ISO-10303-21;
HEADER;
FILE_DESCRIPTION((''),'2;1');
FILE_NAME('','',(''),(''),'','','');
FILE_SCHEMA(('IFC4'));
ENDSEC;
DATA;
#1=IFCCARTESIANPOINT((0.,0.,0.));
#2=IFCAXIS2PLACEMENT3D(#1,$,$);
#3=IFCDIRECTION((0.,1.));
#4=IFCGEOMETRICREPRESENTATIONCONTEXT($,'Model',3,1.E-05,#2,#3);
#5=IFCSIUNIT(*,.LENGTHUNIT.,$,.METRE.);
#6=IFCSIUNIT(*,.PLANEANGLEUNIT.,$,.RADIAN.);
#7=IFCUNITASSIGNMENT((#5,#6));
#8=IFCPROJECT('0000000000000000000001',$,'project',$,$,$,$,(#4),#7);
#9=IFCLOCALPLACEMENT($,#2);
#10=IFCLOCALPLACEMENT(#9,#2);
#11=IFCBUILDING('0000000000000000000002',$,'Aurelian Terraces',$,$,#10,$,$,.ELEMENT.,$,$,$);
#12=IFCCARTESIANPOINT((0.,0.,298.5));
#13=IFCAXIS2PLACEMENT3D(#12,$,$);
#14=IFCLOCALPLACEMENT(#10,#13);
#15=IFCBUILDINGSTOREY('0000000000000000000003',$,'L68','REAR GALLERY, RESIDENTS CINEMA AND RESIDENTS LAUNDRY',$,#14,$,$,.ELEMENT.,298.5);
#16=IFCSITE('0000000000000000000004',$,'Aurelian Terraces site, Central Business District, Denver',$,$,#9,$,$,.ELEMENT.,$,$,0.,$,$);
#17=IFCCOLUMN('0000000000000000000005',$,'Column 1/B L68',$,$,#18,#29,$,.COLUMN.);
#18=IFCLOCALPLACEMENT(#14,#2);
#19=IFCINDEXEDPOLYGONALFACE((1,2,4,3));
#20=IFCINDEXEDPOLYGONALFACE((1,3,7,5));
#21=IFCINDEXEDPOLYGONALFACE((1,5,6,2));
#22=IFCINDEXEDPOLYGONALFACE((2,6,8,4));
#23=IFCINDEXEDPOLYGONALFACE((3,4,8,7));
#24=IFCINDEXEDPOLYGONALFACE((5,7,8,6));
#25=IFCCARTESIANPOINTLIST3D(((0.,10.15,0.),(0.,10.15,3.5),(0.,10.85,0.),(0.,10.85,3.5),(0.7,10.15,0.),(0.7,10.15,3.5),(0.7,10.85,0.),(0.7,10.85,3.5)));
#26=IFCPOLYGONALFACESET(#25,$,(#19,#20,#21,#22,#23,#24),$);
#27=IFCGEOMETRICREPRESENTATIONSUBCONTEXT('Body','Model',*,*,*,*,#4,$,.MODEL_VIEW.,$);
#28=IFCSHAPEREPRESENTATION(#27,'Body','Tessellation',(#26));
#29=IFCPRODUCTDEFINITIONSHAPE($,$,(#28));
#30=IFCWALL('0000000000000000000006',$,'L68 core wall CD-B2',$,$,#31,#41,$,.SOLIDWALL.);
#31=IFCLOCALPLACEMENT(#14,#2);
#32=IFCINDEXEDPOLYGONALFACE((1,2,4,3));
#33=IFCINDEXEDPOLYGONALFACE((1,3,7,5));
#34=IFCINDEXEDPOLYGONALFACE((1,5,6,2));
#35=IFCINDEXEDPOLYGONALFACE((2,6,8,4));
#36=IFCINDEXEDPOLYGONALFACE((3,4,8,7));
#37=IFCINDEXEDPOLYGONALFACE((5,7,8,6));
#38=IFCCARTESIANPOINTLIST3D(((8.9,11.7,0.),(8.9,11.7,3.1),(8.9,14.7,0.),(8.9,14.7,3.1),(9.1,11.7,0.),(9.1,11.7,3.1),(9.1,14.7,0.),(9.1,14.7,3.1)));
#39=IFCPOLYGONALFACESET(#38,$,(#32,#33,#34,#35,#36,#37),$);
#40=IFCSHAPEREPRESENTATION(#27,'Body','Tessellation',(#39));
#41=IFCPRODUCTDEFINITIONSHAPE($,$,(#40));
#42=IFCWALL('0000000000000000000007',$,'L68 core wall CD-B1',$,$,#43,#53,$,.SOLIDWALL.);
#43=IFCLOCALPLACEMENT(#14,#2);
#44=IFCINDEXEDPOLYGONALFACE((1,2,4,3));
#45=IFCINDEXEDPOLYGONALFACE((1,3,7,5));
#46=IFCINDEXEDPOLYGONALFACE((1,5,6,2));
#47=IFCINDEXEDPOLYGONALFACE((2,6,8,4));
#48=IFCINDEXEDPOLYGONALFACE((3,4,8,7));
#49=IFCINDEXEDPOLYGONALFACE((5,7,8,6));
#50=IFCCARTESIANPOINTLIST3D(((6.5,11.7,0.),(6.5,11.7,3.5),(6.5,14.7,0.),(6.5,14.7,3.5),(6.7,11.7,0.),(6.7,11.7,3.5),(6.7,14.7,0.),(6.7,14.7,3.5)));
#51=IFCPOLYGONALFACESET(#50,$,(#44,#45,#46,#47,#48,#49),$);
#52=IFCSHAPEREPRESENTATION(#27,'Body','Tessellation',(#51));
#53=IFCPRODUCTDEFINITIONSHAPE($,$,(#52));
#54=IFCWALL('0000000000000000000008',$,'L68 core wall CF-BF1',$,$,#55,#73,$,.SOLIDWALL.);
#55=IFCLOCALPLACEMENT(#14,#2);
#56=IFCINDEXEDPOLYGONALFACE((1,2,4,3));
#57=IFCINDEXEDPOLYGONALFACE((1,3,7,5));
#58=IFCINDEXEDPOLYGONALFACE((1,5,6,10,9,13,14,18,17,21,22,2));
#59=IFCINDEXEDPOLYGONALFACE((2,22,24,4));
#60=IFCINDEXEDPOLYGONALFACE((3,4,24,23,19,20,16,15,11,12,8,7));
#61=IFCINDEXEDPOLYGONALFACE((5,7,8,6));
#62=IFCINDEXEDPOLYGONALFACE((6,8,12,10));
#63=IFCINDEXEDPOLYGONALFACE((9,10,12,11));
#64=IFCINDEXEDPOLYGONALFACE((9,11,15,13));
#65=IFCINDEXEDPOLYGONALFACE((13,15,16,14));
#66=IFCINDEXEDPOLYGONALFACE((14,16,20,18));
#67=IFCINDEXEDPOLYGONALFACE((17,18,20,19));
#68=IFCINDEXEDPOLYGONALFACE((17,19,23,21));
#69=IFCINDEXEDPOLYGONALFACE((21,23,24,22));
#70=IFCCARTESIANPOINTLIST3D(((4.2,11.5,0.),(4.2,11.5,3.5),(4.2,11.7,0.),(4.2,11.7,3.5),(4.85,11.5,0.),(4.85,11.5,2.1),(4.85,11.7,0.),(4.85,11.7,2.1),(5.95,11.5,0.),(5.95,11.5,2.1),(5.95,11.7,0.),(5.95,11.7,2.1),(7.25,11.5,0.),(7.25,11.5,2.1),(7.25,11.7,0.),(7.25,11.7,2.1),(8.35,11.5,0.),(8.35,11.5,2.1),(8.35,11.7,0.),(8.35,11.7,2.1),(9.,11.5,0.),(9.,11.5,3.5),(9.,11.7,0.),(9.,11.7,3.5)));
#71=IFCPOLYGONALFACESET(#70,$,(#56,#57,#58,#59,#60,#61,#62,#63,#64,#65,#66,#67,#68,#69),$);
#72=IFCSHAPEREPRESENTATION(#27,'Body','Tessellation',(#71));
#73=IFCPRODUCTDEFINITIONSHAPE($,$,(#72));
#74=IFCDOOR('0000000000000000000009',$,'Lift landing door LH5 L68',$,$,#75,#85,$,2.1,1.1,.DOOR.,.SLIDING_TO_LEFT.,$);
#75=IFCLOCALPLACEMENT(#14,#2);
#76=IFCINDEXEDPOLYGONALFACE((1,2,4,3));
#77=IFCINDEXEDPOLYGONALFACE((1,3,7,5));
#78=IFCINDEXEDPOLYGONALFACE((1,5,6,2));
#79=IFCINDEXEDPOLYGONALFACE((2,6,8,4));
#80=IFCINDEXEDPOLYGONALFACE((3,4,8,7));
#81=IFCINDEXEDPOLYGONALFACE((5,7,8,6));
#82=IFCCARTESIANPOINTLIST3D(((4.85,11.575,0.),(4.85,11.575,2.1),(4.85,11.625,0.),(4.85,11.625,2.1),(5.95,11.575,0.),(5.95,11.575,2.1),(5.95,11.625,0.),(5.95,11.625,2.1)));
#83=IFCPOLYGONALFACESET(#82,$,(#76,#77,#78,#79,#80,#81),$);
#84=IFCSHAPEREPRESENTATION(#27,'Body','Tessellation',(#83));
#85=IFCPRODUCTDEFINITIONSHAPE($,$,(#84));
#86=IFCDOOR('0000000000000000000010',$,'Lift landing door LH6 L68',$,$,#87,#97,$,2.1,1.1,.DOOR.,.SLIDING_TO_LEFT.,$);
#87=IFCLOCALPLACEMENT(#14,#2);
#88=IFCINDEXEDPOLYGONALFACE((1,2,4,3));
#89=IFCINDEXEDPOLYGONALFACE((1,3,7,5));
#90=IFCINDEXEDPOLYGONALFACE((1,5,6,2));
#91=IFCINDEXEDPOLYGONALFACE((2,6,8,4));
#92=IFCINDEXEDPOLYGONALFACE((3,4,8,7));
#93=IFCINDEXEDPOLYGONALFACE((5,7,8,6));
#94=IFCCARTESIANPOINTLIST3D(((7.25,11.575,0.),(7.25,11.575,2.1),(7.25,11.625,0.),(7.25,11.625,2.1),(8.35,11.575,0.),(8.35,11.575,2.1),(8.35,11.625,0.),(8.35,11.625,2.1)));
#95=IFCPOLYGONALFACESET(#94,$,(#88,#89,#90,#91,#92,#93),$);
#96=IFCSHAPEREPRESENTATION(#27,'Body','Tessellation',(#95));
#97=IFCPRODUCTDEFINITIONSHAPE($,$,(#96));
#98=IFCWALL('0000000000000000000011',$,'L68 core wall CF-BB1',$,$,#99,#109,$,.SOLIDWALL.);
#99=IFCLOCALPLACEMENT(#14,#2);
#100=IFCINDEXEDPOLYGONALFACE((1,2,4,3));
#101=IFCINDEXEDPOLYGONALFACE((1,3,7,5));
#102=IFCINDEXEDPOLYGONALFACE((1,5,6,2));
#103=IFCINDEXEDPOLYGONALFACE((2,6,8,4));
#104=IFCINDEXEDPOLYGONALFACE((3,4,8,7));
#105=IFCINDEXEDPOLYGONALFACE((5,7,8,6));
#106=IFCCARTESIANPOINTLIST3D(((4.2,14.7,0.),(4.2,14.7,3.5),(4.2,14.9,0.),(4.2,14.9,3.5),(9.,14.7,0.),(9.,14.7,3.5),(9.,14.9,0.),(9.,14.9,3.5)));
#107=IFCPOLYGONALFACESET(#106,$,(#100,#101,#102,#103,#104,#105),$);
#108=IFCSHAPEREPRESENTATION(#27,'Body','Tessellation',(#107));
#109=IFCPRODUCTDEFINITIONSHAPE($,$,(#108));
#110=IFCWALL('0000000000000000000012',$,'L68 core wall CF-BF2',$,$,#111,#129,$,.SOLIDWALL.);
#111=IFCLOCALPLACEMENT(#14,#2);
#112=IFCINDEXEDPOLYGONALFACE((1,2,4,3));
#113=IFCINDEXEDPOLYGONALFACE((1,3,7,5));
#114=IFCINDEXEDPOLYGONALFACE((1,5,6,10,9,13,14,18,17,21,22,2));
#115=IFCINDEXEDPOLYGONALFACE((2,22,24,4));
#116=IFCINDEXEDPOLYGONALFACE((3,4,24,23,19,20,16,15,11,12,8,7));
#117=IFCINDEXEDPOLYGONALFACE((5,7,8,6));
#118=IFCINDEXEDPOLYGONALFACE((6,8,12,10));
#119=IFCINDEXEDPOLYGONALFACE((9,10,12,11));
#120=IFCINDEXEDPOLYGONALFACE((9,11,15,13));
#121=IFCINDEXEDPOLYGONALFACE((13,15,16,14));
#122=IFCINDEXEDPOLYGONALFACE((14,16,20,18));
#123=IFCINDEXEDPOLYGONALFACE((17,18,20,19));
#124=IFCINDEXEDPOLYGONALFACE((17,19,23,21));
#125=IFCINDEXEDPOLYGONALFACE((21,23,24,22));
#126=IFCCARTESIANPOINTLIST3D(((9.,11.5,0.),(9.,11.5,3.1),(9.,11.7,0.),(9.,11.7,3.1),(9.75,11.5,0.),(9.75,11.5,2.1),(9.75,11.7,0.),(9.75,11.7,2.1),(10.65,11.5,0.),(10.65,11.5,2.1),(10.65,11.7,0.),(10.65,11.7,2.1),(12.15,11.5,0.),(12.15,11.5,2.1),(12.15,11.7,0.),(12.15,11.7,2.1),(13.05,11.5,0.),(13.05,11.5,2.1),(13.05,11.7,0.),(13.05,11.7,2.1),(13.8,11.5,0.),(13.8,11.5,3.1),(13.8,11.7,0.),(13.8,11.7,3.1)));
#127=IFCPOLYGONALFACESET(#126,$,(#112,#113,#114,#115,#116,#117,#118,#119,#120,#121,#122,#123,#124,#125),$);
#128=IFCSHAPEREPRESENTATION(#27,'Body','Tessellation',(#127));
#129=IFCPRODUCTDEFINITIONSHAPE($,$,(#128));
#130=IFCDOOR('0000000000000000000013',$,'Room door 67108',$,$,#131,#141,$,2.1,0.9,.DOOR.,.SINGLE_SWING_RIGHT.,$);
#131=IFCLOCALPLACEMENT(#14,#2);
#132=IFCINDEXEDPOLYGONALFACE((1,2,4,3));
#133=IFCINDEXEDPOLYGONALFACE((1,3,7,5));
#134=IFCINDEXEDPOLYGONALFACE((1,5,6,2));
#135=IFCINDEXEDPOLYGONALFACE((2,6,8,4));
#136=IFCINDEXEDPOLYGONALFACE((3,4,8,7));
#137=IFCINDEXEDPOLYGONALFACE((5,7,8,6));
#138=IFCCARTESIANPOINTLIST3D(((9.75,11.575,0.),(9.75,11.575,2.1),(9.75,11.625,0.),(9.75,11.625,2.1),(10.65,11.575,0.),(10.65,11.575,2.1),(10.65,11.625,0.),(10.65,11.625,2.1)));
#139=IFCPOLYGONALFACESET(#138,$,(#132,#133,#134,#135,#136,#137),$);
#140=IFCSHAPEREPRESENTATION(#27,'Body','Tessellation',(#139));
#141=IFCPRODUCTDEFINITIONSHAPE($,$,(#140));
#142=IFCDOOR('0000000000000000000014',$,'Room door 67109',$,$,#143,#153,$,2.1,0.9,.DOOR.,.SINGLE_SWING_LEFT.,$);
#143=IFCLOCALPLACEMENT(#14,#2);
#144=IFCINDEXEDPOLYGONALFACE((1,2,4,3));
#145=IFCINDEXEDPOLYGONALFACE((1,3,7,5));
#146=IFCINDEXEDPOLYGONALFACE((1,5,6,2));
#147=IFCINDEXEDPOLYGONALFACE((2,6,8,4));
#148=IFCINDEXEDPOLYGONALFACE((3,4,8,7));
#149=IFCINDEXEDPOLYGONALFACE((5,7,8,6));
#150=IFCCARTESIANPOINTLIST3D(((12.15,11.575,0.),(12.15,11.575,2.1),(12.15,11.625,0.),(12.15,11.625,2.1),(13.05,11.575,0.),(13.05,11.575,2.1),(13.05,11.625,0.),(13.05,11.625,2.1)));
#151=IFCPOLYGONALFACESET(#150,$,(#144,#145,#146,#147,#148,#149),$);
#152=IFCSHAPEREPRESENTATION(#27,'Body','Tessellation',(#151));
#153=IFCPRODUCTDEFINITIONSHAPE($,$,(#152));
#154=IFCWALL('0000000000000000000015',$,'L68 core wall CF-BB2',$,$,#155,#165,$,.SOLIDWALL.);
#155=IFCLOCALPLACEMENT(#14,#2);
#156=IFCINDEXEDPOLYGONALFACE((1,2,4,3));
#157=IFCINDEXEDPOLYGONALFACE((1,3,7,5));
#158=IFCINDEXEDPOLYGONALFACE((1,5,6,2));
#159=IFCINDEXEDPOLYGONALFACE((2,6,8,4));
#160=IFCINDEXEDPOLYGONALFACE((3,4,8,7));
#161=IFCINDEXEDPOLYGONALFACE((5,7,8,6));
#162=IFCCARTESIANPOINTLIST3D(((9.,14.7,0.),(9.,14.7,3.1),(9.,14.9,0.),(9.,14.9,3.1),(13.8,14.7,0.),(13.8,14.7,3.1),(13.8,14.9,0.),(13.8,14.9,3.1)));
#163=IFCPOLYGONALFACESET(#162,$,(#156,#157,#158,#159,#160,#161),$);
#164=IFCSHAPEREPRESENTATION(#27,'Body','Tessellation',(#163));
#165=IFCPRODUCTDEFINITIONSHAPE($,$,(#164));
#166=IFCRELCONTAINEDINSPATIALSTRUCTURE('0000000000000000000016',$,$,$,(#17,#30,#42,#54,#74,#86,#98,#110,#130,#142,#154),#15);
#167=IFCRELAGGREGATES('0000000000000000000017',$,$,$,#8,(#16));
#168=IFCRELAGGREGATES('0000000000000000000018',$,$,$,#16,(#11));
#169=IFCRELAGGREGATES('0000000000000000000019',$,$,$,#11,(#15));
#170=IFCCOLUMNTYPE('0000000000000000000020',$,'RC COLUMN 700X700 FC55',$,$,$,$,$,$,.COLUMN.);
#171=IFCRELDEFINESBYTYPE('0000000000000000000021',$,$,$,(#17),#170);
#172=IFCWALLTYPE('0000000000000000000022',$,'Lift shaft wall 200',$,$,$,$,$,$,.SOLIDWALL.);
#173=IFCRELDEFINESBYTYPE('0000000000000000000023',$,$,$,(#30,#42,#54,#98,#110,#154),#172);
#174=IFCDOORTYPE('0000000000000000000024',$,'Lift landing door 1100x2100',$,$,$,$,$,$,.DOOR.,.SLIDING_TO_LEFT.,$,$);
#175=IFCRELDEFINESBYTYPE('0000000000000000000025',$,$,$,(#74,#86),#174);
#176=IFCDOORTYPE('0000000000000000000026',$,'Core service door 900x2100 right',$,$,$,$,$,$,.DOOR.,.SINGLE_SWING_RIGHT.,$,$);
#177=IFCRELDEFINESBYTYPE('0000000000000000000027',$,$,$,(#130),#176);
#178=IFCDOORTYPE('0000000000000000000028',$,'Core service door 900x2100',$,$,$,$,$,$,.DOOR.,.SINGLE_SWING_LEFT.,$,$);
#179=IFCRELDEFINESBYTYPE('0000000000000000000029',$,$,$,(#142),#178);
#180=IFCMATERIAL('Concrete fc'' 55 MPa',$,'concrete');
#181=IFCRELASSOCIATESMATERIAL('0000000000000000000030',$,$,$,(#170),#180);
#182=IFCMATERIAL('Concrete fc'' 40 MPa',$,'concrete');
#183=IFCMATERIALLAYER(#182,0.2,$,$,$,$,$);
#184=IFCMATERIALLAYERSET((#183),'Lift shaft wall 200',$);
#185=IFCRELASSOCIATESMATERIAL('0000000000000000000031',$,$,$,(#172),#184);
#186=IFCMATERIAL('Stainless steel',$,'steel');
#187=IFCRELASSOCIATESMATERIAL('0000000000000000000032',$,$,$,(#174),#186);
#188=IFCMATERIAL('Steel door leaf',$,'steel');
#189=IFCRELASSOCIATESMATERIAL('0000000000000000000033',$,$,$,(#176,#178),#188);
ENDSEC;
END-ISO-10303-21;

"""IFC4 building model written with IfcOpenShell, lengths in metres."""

from ifc_helpers import new_model, si_unit, direction, frame, frame_2d, origin, origin_2d, place, context, subcontext, project, spatial, rectangle, extrude, source, transform, mapped, material, layer, layer_set, material_profile, profile_set, type_object, element, fill, save


model = new_model("IFC4")

# Units and contexts
model_context = context("Model", 3, precision=1e-05, world=origin(), true_north=direction((0.0, 1.0)))
body_context = subcontext(model_context, "Body", "Model", "MODEL_VIEW")
ifc_project = project(units=[si_unit("LENGTHUNIT", "METRE"), si_unit("PLANEANGLEUNIT", "RADIAN")], contexts=[model_context])

# Site, building, storey
site_placement = place(None, origin())
site = spatial("IfcSite", under=ifc_project, at=site_placement, Name="Aurelian Terraces site, Central Business District, Denver", CompositionType="ELEMENT", RefElevation=0.0)
building_placement = place(site_placement, origin())
building = spatial("IfcBuilding", under=site, at=building_placement, Name="Aurelian Terraces", CompositionType="ELEMENT")
storey_placement = place(building_placement, frame((0.0, 0.0, 298.5)))
storey = spatial("IfcBuildingStorey", under=building, at=storey_placement, Name="L68", Description="REAR GALLERY, RESIDENTS CINEMA AND RESIDENTS LAUNDRY", CompositionType="ELEMENT", Elevation=298.5)

# Column
ifc_material_1 = material(Name="Concrete fc' 55 MPa", Category="concrete")
ifc_material_profile = material_profile(ifc_material_1, rectangle(XDim=0.7, YDim=0.7, at=origin_2d()))
ifc_profile_set = profile_set([ifc_material_profile], Name="Concrete fc' 55 MPa")
column_type = type_object("IfcColumnType", Name="RC COLUMN 700X700 FC55", PredefinedType="COLUMN", material=ifc_profile_set)
shared_shape_1 = source(origin(), body_context, "Body", "SweptSolid", [
    extrude(rectangle(XDim=0.7, YDim=0.7, at=origin_2d()), origin(), (0.0, 0.0, 1.0), 3.5),
])
column_placement = place(storey_placement, frame((0.35, 10.5, 0.0), z_axis=(0.0, 0.0, 1.0), x_axis=(1.0, 0.0, 0.0)))
element("IfcColumn", 1, at=column_placement, inside=storey, type_object=column_type, Name="Column 1/B L68", PredefinedType="COLUMN", context=body_context, shape_type="MappedRepresentation", body=[
    mapped(shared_shape_1, transform((0.0, 0.0, 0.0), scale=1.0)),
])

# Walls
ifc_material_2 = material(Name="Concrete fc' 40 MPa", Category="concrete")
ifc_layer_1 = layer(ifc_material_2, 0.2)
ifc_layer_set_1 = layer_set([ifc_layer_1], Name="Lift shaft wall 200")
wall_type_1 = type_object("IfcWallType", Name="Lift shaft wall 200", PredefinedType="SOLIDWALL", material=ifc_layer_set_1)
shared_shape_2 = source(origin(), body_context, "Body", "SweptSolid", [
    extrude(rectangle(XDim=3.0, YDim=0.2, at=frame_2d((1.5, 0.0))), origin(), (0.0, 0.0, 1.0), 3.1),
])
wall_1_placement = place(storey_placement, frame((9.0, 11.7, 0.0), z_axis=(0.0, 0.0, 1.0), x_axis=(0.0, 1.0, 0.0)))
element("IfcWall", 2, at=wall_1_placement, inside=storey, type_object=wall_type_1, Name="L68 core wall CD-B2", PredefinedType="SOLIDWALL", context=body_context, shape_type="MappedRepresentation", body=[
    mapped(shared_shape_2, transform((0.0, 0.0, 0.0), scale=1.0)),
])
shared_shape_3 = source(origin(), body_context, "Body", "SweptSolid", [
    extrude(rectangle(XDim=3.0, YDim=0.2, at=frame_2d((1.5, 0.0))), origin(), (0.0, 0.0, 1.0), 3.5),
])
wall_2_placement = place(storey_placement, frame((6.6, 11.7, 0.0), z_axis=(0.0, 0.0, 1.0), x_axis=(0.0, 1.0, 0.0)))
element("IfcWall", 3, at=wall_2_placement, inside=storey, type_object=wall_type_1, Name="L68 core wall CD-B1", PredefinedType="SOLIDWALL", context=body_context, shape_type="MappedRepresentation", body=[
    mapped(shared_shape_3, transform((0.0, 0.0, 0.0), scale=1.0)),
])

# Wall, openings, doors
shared_shape_4 = source(origin(), body_context, "Body", "SweptSolid", [
    extrude(rectangle(XDim=4.8, YDim=0.2, at=frame_2d((2.4, 0.0))), origin(), (0.0, 0.0, 1.0), 3.5),
])
wall_3_placement = place(storey_placement, frame((4.2, 11.6, 0.0), z_axis=(0.0, 0.0, 1.0), x_axis=(1.0, 0.0, 0.0)))
wall_3 = element("IfcWall", 4, at=wall_3_placement, inside=storey, type_object=wall_type_1, Name="L68 core wall CF-BF1", PredefinedType="SOLIDWALL", context=body_context, shape_type="MappedRepresentation", body=[
    mapped(shared_shape_4, transform((0.0, 0.0, 0.0), scale=1.0)),
])
shared_shape_5 = source(origin(), body_context, "Body", "SweptSolid", [
    extrude(rectangle(XDim=1.1, YDim=2.1, at=frame_2d((0.55, 1.05))), frame((0.0, 0.11, 0.0), z_axis=(0.0, -1.0, 0.0), x_axis=(1.0, 0.0, 0.0)), (0.0, 0.0, 1.0), 0.22),
])
opening_1_placement = place(wall_3_placement, frame((0.65, 0.0, 0.0)))
opening_1 = element("IfcOpeningElement", 5, at=opening_1_placement, cuts=wall_3, PredefinedType="OPENING", context=body_context, shape_type="MappedRepresentation", body=[
    mapped(shared_shape_5, transform((0.0, 0.0, 0.0), scale=1.0)),
])
opening_2_placement = place(wall_3_placement, frame((3.05, 0.0, 0.0)))
opening_2 = element("IfcOpeningElement", 6, at=opening_2_placement, cuts=wall_3, PredefinedType="OPENING", context=body_context, shape_type="MappedRepresentation", body=[
    mapped(shared_shape_5, transform((0.0, 0.0, 0.0), scale=1.0)),
])
ifc_material_3 = material(Name="Stainless steel", Category="steel")
door_type_1 = type_object("IfcDoorType", Name="Lift landing door 1100x2100", OperationType="SLIDING_TO_LEFT", PredefinedType="DOOR", material=ifc_material_3)
shared_shape_6 = source(origin(), body_context, "Body", "SweptSolid", [
    extrude(rectangle(XDim=1.1, YDim=2.1, at=frame_2d((0.55, 1.05))), frame((0.0, 0.025, 0.0), z_axis=(0.0, -1.0, 0.0), x_axis=(1.0, 0.0, 0.0)), (0.0, 0.0, 1.0), 0.05),
])
door_1_placement = place(opening_1_placement, origin())
door_1 = element("IfcDoor", 7, at=door_1_placement, inside=storey, type_object=door_type_1, Name="Lift landing door LH5 L68", OperationType="SLIDING_TO_LEFT", OverallHeight=2.1, OverallWidth=1.1, PredefinedType="DOOR", context=body_context, shape_type="MappedRepresentation", body=[
    mapped(shared_shape_6, transform((0.0, 0.0, 0.0), scale=1.0)),
])
fill(opening_1, door_1)
door_2_placement = place(opening_2_placement, origin())
door_2 = element("IfcDoor", 8, at=door_2_placement, inside=storey, type_object=door_type_1, Name="Lift landing door LH6 L68", OperationType="SLIDING_TO_LEFT", OverallHeight=2.1, OverallWidth=1.1, PredefinedType="DOOR", context=body_context, shape_type="MappedRepresentation", body=[
    mapped(shared_shape_6, transform((0.0, 0.0, 0.0), scale=1.0)),
])
fill(opening_2, door_2)

# Wall
wall_4_placement = place(storey_placement, frame((4.2, 14.8, 0.0), z_axis=(0.0, 0.0, 1.0), x_axis=(1.0, 0.0, 0.0)))
element("IfcWall", 9, at=wall_4_placement, inside=storey, type_object=wall_type_1, Name="L68 core wall CF-BB1", PredefinedType="SOLIDWALL", context=body_context, shape_type="MappedRepresentation", body=[
    mapped(shared_shape_4, transform((0.0, 0.0, 0.0), scale=1.0)),
])

# Wall, openings, doors
shared_shape_7 = source(origin(), body_context, "Body", "SweptSolid", [
    extrude(rectangle(XDim=4.8, YDim=0.2, at=frame_2d((2.4, 0.0))), origin(), (0.0, 0.0, 1.0), 3.1),
])
wall_5_placement = place(storey_placement, frame((9.0, 11.6, 0.0), z_axis=(0.0, 0.0, 1.0), x_axis=(1.0, 0.0, 0.0)))
wall_5 = element("IfcWall", 10, at=wall_5_placement, inside=storey, type_object=wall_type_1, Name="L68 core wall CF-BF2", PredefinedType="SOLIDWALL", context=body_context, shape_type="MappedRepresentation", body=[
    mapped(shared_shape_7, transform((0.0, 0.0, 0.0), scale=1.0)),
])
shared_shape_8 = source(origin(), body_context, "Body", "SweptSolid", [
    extrude(rectangle(XDim=0.9, YDim=2.1, at=frame_2d((0.45, 1.05))), frame((0.0, 0.11, 0.0), z_axis=(0.0, -1.0, 0.0), x_axis=(1.0, 0.0, 0.0)), (0.0, 0.0, 1.0), 0.22),
])
opening_3_placement = place(wall_5_placement, frame((0.75, 0.0, 0.0)))
opening_3 = element("IfcOpeningElement", 11, at=opening_3_placement, cuts=wall_5, PredefinedType="OPENING", context=body_context, shape_type="MappedRepresentation", body=[
    mapped(shared_shape_8, transform((0.0, 0.0, 0.0), scale=1.0)),
])
opening_4_placement = place(wall_5_placement, frame((3.15, 0.0, 0.0)))
opening_4 = element("IfcOpeningElement", 12, at=opening_4_placement, cuts=wall_5, PredefinedType="OPENING", context=body_context, shape_type="MappedRepresentation", body=[
    mapped(shared_shape_8, transform((0.0, 0.0, 0.0), scale=1.0)),
])
ifc_material_4 = material(Name="Steel door leaf", Category="steel")
door_type_2 = type_object("IfcDoorType", Name="Core service door 900x2100 right", OperationType="SINGLE_SWING_RIGHT", PredefinedType="DOOR", material=ifc_material_4)
shared_shape_9 = source(origin(), body_context, "Body", "SweptSolid", [
    extrude(rectangle(XDim=0.9, YDim=2.1, at=frame_2d((0.45, 1.05))), frame((0.0, 0.025, 0.0), z_axis=(0.0, -1.0, 0.0), x_axis=(1.0, 0.0, 0.0)), (0.0, 0.0, 1.0), 0.05),
])
door_3_placement = place(opening_3_placement, origin())
door_3 = element("IfcDoor", 13, at=door_3_placement, inside=storey, type_object=door_type_2, Name="Room door 67108", OperationType="SINGLE_SWING_RIGHT", OverallHeight=2.1, OverallWidth=0.9, PredefinedType="DOOR", context=body_context, shape_type="MappedRepresentation", body=[
    mapped(shared_shape_9, transform((0.0, 0.0, 0.0), scale=1.0)),
])
fill(opening_3, door_3)
door_type_3 = type_object("IfcDoorType", Name="Core service door 900x2100", OperationType="SINGLE_SWING_LEFT", PredefinedType="DOOR", material=ifc_material_4)
door_4_placement = place(opening_4_placement, origin())
door_4 = element("IfcDoor", 14, at=door_4_placement, inside=storey, type_object=door_type_3, Name="Room door 67109", OperationType="SINGLE_SWING_LEFT", OverallHeight=2.1, OverallWidth=0.9, PredefinedType="DOOR", context=body_context, shape_type="MappedRepresentation", body=[
    mapped(shared_shape_9, transform((0.0, 0.0, 0.0), scale=1.0)),
])
fill(opening_4, door_4)

# Wall
wall_6_placement = place(storey_placement, frame((9.0, 14.8, 0.0), z_axis=(0.0, 0.0, 1.0), x_axis=(1.0, 0.0, 0.0)))
element("IfcWall", 15, at=wall_6_placement, inside=storey, type_object=wall_type_1, Name="L68 core wall CF-BB2", PredefinedType="SOLIDWALL", context=body_context, shape_type="MappedRepresentation", body=[
    mapped(shared_shape_7, transform((0.0, 0.0, 0.0), scale=1.0)),
])

save(model, "model.ifc")
